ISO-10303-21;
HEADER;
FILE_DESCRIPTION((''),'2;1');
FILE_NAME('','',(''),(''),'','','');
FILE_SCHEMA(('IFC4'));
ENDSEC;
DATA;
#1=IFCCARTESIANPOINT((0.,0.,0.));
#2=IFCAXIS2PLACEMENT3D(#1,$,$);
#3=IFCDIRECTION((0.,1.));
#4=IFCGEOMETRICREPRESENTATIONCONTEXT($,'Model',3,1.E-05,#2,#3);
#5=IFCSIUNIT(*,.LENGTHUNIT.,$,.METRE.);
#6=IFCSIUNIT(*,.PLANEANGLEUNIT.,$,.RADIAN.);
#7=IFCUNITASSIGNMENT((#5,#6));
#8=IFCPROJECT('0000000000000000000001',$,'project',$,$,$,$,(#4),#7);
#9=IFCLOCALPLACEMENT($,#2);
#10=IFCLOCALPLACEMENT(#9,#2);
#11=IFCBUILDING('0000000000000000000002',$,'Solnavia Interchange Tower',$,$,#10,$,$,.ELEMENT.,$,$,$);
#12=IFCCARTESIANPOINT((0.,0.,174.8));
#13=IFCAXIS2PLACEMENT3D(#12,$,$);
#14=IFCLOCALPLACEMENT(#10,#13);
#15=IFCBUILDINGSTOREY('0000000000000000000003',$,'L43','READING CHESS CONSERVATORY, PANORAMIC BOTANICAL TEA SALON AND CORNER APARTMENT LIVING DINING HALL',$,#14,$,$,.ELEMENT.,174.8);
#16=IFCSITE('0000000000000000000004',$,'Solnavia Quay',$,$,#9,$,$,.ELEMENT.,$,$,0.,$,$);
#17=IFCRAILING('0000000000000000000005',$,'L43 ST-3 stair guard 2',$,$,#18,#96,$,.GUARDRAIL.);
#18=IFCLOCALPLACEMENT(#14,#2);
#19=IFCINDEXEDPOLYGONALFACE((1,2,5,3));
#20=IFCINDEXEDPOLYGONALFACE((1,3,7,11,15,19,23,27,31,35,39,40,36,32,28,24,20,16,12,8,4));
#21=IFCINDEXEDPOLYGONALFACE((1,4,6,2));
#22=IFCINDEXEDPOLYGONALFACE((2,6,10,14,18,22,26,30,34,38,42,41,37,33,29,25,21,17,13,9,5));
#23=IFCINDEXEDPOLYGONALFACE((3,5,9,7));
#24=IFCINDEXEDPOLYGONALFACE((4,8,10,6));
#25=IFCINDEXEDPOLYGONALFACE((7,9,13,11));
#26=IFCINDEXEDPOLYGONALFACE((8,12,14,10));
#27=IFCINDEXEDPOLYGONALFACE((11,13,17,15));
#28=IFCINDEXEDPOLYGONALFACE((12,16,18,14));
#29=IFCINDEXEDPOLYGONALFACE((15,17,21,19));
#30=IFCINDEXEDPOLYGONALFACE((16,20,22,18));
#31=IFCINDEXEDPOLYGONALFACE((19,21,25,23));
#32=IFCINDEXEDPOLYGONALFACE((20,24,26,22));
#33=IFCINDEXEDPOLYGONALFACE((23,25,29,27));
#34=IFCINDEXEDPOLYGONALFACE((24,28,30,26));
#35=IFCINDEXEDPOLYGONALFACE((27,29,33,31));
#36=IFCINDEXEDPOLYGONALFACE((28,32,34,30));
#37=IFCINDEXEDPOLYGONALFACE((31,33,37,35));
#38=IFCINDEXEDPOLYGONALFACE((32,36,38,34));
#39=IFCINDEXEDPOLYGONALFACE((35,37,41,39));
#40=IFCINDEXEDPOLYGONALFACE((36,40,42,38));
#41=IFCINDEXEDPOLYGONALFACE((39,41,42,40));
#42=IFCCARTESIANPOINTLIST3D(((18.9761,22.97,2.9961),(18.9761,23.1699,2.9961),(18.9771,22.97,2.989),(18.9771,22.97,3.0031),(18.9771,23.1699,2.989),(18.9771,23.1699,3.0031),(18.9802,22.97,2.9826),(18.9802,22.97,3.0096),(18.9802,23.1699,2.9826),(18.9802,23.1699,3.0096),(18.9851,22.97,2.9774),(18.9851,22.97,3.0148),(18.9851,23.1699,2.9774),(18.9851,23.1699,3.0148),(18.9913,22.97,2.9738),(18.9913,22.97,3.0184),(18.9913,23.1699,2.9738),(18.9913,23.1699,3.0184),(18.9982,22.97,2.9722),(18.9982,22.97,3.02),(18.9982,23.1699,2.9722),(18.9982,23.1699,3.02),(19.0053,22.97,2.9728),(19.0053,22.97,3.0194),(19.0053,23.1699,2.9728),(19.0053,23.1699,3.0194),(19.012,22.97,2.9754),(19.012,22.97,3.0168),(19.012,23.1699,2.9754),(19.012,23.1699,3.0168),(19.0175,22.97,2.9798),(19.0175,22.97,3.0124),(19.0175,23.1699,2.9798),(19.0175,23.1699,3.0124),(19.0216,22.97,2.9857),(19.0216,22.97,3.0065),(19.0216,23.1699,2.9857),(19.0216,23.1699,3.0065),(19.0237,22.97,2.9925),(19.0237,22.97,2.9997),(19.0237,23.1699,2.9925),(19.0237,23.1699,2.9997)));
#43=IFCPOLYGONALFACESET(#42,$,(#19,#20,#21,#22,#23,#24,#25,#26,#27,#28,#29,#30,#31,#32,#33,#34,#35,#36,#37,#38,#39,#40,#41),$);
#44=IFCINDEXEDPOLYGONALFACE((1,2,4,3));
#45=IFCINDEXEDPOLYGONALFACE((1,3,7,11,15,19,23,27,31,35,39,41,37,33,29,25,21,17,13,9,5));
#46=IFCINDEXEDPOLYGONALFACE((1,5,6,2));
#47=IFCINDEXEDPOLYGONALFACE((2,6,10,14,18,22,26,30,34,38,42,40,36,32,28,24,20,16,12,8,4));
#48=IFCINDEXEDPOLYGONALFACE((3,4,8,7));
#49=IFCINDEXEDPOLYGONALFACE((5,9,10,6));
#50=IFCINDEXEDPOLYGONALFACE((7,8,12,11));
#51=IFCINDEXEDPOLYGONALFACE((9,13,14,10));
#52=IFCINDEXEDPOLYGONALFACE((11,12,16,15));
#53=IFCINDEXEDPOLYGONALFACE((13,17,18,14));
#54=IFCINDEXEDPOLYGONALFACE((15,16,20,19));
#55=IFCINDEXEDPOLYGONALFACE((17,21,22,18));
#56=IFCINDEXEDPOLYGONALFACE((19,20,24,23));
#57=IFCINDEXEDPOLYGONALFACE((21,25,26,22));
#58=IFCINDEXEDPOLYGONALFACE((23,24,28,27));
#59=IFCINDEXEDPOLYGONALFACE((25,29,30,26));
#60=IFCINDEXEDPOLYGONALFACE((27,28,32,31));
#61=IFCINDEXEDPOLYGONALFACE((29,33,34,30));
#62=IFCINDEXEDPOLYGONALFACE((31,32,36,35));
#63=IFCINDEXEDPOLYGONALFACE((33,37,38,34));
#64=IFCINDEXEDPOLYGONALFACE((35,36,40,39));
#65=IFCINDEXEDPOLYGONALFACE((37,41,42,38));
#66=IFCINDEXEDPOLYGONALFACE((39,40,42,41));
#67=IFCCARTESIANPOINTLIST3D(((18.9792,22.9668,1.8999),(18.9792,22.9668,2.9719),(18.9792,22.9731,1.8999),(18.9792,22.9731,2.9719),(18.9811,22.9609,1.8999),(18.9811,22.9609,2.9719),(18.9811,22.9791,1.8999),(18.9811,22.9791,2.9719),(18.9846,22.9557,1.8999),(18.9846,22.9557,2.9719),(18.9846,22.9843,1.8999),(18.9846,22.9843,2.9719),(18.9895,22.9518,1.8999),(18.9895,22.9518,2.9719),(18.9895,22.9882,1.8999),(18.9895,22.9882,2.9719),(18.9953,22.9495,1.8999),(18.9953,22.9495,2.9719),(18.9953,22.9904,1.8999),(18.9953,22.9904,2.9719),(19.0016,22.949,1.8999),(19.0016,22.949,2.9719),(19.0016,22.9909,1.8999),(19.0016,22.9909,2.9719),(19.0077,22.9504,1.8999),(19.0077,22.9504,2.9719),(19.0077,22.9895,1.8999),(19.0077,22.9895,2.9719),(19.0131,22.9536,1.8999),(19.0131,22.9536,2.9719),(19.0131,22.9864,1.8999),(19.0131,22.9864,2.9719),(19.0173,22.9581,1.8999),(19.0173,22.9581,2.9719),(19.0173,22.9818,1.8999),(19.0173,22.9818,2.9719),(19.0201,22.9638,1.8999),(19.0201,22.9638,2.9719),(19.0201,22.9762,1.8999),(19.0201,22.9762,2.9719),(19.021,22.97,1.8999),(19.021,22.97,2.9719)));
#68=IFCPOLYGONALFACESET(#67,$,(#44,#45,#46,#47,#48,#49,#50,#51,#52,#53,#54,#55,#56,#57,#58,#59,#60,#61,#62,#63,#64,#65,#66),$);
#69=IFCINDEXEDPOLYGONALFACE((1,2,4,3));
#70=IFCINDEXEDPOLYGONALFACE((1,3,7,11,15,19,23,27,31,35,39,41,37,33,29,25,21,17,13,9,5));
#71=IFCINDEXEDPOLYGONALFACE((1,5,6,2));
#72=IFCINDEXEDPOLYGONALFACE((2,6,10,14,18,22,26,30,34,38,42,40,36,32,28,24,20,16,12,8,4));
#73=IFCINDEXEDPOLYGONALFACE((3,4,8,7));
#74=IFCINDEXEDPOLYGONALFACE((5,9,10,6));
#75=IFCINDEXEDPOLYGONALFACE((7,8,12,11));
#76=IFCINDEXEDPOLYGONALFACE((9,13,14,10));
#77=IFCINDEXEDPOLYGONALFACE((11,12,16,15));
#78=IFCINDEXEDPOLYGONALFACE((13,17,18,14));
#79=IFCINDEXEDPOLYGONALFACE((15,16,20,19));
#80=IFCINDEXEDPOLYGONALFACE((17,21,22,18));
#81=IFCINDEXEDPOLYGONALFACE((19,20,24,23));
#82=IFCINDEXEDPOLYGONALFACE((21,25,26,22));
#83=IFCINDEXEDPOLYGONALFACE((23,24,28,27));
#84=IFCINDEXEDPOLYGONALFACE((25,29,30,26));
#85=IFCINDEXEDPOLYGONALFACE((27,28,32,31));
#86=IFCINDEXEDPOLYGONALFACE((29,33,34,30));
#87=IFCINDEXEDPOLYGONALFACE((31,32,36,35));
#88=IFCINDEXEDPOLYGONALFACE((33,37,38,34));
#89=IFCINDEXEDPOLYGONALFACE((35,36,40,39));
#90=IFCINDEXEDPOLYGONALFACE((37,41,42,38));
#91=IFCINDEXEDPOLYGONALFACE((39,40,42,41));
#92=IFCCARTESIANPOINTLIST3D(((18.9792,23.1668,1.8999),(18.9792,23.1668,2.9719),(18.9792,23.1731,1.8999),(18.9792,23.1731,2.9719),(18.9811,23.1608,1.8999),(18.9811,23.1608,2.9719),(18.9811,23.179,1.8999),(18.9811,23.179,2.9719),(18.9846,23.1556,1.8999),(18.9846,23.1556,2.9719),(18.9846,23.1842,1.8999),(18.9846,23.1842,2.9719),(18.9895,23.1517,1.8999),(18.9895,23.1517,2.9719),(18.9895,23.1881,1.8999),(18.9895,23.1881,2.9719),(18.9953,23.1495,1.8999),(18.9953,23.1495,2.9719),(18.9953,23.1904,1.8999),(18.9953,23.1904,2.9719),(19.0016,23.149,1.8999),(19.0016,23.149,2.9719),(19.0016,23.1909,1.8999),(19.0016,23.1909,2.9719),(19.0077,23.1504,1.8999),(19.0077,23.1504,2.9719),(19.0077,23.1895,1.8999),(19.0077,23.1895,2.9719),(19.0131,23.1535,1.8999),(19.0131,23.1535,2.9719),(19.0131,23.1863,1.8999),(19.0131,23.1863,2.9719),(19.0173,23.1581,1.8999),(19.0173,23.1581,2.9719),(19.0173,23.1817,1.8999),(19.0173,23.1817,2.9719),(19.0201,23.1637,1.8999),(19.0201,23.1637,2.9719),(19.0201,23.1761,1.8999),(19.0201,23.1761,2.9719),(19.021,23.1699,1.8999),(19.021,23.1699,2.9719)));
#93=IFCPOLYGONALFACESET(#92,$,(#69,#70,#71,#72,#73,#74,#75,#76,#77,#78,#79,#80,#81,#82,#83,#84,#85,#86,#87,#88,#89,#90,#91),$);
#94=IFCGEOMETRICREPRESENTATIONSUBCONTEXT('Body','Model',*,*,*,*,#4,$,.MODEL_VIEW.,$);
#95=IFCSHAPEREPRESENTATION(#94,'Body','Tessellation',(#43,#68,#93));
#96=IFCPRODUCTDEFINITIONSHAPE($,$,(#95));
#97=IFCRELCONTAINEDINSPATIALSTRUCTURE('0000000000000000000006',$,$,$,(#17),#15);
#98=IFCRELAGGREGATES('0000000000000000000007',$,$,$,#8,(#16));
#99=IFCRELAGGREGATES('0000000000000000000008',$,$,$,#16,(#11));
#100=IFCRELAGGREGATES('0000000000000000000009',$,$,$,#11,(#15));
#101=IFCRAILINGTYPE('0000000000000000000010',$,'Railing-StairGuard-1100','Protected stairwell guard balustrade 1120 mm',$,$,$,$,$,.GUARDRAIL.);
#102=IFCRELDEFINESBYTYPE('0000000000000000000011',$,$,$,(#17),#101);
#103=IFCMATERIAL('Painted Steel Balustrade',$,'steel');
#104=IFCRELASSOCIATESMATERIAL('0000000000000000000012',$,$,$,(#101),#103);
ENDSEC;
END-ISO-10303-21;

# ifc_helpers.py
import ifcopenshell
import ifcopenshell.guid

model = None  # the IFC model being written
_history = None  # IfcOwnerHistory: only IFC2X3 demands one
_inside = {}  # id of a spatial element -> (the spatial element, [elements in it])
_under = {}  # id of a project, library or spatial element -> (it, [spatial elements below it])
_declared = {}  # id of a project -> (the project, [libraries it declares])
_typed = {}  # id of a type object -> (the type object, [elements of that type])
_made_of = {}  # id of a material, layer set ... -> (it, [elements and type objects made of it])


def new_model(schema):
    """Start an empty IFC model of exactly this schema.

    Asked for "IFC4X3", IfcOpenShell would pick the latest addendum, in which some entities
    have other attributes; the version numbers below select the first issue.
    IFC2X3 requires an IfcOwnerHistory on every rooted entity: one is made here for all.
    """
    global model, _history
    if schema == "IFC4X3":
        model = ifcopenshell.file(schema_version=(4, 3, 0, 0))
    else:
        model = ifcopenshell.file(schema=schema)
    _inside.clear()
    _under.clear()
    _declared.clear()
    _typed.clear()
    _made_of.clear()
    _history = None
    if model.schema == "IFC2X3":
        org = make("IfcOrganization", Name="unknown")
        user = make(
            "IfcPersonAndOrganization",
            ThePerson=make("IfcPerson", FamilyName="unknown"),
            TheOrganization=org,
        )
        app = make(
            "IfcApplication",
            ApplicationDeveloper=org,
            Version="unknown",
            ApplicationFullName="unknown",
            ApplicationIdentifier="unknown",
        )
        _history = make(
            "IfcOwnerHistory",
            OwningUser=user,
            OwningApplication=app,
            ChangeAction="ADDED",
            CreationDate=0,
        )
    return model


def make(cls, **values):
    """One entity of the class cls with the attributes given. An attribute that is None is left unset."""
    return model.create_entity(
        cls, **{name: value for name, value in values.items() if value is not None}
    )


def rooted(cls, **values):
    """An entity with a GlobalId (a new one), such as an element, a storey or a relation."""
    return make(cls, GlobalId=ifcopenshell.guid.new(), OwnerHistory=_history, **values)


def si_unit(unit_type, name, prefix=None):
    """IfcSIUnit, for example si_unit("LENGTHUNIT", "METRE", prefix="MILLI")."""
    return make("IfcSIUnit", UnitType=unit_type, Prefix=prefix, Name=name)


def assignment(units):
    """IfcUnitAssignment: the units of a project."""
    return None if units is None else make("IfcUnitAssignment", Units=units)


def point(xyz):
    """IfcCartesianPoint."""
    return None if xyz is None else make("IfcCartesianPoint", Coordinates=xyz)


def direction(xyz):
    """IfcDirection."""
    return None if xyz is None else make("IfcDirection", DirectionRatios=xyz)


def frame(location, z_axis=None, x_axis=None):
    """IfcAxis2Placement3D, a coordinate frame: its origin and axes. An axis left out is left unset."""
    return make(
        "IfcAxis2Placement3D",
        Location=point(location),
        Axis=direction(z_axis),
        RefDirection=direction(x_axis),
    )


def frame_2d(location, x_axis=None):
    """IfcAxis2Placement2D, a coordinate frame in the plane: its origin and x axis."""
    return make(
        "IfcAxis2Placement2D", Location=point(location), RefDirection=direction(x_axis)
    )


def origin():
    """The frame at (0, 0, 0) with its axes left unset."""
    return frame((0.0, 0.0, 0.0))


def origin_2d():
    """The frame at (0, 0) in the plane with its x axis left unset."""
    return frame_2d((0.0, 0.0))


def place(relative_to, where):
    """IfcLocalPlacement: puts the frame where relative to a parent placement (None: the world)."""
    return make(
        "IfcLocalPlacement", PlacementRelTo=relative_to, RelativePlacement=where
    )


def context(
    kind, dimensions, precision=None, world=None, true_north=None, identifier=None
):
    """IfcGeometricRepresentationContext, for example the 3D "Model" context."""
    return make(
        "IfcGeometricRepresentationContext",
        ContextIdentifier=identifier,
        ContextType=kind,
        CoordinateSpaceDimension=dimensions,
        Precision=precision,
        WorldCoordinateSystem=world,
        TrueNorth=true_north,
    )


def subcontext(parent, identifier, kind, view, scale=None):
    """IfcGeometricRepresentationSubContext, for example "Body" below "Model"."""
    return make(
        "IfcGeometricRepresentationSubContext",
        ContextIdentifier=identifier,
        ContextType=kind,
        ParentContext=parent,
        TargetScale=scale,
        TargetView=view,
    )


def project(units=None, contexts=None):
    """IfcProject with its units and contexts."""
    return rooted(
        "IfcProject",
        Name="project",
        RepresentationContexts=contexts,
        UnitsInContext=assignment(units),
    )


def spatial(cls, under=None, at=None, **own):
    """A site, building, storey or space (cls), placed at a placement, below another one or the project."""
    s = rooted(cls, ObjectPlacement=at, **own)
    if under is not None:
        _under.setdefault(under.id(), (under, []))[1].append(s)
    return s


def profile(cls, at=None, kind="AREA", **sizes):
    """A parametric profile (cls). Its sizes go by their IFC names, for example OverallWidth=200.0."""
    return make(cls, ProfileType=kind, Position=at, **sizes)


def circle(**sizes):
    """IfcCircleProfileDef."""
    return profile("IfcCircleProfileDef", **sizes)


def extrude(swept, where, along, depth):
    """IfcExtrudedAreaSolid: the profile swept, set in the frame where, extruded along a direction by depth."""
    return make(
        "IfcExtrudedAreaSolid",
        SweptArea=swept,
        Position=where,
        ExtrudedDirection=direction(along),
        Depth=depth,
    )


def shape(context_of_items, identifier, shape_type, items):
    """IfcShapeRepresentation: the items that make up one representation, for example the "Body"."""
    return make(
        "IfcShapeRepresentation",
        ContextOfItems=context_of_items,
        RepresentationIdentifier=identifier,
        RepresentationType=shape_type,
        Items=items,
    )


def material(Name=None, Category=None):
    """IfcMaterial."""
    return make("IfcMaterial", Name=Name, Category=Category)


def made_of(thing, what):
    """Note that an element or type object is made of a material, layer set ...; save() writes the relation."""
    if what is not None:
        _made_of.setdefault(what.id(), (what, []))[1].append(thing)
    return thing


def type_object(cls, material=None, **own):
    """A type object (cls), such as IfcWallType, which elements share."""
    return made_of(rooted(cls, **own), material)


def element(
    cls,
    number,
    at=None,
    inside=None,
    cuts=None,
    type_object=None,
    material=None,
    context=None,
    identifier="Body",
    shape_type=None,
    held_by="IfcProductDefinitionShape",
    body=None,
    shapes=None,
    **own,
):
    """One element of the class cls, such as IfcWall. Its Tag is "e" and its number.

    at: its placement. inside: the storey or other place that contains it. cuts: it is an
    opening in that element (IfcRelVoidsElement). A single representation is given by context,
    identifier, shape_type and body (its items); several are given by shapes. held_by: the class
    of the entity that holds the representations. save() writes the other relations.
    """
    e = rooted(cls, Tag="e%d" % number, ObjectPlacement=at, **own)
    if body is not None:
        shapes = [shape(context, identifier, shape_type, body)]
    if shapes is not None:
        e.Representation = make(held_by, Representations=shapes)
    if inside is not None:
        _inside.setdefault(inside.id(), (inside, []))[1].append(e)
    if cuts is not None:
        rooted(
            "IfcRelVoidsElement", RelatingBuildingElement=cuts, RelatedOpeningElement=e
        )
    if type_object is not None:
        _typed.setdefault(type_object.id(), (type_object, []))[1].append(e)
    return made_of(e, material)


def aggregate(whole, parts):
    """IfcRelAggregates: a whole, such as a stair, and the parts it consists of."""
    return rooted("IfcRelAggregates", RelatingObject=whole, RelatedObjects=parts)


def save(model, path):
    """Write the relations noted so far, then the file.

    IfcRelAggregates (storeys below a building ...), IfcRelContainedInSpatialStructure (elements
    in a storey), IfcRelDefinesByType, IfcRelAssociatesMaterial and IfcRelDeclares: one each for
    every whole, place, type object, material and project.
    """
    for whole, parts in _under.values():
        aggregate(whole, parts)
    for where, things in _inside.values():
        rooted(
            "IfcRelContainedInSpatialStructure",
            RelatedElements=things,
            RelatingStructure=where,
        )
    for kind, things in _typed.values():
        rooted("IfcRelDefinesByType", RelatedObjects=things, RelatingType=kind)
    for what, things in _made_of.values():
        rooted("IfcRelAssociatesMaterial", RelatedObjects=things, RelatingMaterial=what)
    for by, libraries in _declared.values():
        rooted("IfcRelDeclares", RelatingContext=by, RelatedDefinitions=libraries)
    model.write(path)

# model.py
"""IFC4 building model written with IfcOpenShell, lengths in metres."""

from ifc_helpers import new_model, si_unit, direction, frame, origin, origin_2d, place, context, subcontext, project, spatial, circle, extrude, material, type_object, element, save


model = new_model("IFC4")

# Units and contexts
model_context = context("Model", 3, precision=1e-05, world=origin(), true_north=direction((0.0, 1.0)))
body_context = subcontext(model_context, "Body", "Model", "MODEL_VIEW")
ifc_project = project(units=[si_unit("LENGTHUNIT", "METRE"), si_unit("PLANEANGLEUNIT", "RADIAN")], contexts=[model_context])

# Site, building, storey
site_placement = place(None, origin())
site = spatial("IfcSite", under=ifc_project, at=site_placement, Name="Solnavia Quay", CompositionType="ELEMENT", RefElevation=0.0)
building_placement = place(site_placement, origin())
building = spatial("IfcBuilding", under=site, at=building_placement, Name="Solnavia Interchange Tower", CompositionType="ELEMENT")
storey_placement = place(building_placement, frame((0.0, 0.0, 174.8)))
storey = spatial("IfcBuildingStorey", under=building, at=storey_placement, Name="L43", Description="READING CHESS CONSERVATORY, PANORAMIC BOTANICAL TEA SALON AND CORNER APARTMENT LIVING DINING HALL", CompositionType="ELEMENT", Elevation=174.8)

# Railing
ifc_material_1 = material(Name="Painted Steel Balustrade", Category="steel")
railing_type_1 = type_object("IfcRailingType", Name="Railing-StairGuard-1100", Description="Protected stairwell guard balustrade 1120 mm", PredefinedType="GUARDRAIL", material=ifc_material_1)
railing_1_placement = place(storey_placement, frame((19.0, 22.97, 1.8999)))
element("IfcRailing", 1, at=railing_1_placement, inside=storey, type_object=railing_type_1, Name="L43 ST-3 stair guard 2", PredefinedType="GUARDRAIL", context=body_context, shape_type="SweptSolid", body=[
    extrude(circle(Radius=0.0239, at=origin_2d()), frame((0.0, 0.0, 1.0962), z_axis=(0.0, 1.0, 0.0), x_axis=(-1.0, 0.0, 0.0)), (0.0, 0.0, 1.0), 0.2),
    extrude(circle(Radius=0.021, at=origin_2d()), origin(), (0.0, 0.0, 1.0), 1.072),
    extrude(circle(Radius=0.021, at=origin_2d()), frame((0.0, 0.2, 0.0)), (0.0, 0.0, 1.0), 1.072),
])

save(model, "model.ifc")
